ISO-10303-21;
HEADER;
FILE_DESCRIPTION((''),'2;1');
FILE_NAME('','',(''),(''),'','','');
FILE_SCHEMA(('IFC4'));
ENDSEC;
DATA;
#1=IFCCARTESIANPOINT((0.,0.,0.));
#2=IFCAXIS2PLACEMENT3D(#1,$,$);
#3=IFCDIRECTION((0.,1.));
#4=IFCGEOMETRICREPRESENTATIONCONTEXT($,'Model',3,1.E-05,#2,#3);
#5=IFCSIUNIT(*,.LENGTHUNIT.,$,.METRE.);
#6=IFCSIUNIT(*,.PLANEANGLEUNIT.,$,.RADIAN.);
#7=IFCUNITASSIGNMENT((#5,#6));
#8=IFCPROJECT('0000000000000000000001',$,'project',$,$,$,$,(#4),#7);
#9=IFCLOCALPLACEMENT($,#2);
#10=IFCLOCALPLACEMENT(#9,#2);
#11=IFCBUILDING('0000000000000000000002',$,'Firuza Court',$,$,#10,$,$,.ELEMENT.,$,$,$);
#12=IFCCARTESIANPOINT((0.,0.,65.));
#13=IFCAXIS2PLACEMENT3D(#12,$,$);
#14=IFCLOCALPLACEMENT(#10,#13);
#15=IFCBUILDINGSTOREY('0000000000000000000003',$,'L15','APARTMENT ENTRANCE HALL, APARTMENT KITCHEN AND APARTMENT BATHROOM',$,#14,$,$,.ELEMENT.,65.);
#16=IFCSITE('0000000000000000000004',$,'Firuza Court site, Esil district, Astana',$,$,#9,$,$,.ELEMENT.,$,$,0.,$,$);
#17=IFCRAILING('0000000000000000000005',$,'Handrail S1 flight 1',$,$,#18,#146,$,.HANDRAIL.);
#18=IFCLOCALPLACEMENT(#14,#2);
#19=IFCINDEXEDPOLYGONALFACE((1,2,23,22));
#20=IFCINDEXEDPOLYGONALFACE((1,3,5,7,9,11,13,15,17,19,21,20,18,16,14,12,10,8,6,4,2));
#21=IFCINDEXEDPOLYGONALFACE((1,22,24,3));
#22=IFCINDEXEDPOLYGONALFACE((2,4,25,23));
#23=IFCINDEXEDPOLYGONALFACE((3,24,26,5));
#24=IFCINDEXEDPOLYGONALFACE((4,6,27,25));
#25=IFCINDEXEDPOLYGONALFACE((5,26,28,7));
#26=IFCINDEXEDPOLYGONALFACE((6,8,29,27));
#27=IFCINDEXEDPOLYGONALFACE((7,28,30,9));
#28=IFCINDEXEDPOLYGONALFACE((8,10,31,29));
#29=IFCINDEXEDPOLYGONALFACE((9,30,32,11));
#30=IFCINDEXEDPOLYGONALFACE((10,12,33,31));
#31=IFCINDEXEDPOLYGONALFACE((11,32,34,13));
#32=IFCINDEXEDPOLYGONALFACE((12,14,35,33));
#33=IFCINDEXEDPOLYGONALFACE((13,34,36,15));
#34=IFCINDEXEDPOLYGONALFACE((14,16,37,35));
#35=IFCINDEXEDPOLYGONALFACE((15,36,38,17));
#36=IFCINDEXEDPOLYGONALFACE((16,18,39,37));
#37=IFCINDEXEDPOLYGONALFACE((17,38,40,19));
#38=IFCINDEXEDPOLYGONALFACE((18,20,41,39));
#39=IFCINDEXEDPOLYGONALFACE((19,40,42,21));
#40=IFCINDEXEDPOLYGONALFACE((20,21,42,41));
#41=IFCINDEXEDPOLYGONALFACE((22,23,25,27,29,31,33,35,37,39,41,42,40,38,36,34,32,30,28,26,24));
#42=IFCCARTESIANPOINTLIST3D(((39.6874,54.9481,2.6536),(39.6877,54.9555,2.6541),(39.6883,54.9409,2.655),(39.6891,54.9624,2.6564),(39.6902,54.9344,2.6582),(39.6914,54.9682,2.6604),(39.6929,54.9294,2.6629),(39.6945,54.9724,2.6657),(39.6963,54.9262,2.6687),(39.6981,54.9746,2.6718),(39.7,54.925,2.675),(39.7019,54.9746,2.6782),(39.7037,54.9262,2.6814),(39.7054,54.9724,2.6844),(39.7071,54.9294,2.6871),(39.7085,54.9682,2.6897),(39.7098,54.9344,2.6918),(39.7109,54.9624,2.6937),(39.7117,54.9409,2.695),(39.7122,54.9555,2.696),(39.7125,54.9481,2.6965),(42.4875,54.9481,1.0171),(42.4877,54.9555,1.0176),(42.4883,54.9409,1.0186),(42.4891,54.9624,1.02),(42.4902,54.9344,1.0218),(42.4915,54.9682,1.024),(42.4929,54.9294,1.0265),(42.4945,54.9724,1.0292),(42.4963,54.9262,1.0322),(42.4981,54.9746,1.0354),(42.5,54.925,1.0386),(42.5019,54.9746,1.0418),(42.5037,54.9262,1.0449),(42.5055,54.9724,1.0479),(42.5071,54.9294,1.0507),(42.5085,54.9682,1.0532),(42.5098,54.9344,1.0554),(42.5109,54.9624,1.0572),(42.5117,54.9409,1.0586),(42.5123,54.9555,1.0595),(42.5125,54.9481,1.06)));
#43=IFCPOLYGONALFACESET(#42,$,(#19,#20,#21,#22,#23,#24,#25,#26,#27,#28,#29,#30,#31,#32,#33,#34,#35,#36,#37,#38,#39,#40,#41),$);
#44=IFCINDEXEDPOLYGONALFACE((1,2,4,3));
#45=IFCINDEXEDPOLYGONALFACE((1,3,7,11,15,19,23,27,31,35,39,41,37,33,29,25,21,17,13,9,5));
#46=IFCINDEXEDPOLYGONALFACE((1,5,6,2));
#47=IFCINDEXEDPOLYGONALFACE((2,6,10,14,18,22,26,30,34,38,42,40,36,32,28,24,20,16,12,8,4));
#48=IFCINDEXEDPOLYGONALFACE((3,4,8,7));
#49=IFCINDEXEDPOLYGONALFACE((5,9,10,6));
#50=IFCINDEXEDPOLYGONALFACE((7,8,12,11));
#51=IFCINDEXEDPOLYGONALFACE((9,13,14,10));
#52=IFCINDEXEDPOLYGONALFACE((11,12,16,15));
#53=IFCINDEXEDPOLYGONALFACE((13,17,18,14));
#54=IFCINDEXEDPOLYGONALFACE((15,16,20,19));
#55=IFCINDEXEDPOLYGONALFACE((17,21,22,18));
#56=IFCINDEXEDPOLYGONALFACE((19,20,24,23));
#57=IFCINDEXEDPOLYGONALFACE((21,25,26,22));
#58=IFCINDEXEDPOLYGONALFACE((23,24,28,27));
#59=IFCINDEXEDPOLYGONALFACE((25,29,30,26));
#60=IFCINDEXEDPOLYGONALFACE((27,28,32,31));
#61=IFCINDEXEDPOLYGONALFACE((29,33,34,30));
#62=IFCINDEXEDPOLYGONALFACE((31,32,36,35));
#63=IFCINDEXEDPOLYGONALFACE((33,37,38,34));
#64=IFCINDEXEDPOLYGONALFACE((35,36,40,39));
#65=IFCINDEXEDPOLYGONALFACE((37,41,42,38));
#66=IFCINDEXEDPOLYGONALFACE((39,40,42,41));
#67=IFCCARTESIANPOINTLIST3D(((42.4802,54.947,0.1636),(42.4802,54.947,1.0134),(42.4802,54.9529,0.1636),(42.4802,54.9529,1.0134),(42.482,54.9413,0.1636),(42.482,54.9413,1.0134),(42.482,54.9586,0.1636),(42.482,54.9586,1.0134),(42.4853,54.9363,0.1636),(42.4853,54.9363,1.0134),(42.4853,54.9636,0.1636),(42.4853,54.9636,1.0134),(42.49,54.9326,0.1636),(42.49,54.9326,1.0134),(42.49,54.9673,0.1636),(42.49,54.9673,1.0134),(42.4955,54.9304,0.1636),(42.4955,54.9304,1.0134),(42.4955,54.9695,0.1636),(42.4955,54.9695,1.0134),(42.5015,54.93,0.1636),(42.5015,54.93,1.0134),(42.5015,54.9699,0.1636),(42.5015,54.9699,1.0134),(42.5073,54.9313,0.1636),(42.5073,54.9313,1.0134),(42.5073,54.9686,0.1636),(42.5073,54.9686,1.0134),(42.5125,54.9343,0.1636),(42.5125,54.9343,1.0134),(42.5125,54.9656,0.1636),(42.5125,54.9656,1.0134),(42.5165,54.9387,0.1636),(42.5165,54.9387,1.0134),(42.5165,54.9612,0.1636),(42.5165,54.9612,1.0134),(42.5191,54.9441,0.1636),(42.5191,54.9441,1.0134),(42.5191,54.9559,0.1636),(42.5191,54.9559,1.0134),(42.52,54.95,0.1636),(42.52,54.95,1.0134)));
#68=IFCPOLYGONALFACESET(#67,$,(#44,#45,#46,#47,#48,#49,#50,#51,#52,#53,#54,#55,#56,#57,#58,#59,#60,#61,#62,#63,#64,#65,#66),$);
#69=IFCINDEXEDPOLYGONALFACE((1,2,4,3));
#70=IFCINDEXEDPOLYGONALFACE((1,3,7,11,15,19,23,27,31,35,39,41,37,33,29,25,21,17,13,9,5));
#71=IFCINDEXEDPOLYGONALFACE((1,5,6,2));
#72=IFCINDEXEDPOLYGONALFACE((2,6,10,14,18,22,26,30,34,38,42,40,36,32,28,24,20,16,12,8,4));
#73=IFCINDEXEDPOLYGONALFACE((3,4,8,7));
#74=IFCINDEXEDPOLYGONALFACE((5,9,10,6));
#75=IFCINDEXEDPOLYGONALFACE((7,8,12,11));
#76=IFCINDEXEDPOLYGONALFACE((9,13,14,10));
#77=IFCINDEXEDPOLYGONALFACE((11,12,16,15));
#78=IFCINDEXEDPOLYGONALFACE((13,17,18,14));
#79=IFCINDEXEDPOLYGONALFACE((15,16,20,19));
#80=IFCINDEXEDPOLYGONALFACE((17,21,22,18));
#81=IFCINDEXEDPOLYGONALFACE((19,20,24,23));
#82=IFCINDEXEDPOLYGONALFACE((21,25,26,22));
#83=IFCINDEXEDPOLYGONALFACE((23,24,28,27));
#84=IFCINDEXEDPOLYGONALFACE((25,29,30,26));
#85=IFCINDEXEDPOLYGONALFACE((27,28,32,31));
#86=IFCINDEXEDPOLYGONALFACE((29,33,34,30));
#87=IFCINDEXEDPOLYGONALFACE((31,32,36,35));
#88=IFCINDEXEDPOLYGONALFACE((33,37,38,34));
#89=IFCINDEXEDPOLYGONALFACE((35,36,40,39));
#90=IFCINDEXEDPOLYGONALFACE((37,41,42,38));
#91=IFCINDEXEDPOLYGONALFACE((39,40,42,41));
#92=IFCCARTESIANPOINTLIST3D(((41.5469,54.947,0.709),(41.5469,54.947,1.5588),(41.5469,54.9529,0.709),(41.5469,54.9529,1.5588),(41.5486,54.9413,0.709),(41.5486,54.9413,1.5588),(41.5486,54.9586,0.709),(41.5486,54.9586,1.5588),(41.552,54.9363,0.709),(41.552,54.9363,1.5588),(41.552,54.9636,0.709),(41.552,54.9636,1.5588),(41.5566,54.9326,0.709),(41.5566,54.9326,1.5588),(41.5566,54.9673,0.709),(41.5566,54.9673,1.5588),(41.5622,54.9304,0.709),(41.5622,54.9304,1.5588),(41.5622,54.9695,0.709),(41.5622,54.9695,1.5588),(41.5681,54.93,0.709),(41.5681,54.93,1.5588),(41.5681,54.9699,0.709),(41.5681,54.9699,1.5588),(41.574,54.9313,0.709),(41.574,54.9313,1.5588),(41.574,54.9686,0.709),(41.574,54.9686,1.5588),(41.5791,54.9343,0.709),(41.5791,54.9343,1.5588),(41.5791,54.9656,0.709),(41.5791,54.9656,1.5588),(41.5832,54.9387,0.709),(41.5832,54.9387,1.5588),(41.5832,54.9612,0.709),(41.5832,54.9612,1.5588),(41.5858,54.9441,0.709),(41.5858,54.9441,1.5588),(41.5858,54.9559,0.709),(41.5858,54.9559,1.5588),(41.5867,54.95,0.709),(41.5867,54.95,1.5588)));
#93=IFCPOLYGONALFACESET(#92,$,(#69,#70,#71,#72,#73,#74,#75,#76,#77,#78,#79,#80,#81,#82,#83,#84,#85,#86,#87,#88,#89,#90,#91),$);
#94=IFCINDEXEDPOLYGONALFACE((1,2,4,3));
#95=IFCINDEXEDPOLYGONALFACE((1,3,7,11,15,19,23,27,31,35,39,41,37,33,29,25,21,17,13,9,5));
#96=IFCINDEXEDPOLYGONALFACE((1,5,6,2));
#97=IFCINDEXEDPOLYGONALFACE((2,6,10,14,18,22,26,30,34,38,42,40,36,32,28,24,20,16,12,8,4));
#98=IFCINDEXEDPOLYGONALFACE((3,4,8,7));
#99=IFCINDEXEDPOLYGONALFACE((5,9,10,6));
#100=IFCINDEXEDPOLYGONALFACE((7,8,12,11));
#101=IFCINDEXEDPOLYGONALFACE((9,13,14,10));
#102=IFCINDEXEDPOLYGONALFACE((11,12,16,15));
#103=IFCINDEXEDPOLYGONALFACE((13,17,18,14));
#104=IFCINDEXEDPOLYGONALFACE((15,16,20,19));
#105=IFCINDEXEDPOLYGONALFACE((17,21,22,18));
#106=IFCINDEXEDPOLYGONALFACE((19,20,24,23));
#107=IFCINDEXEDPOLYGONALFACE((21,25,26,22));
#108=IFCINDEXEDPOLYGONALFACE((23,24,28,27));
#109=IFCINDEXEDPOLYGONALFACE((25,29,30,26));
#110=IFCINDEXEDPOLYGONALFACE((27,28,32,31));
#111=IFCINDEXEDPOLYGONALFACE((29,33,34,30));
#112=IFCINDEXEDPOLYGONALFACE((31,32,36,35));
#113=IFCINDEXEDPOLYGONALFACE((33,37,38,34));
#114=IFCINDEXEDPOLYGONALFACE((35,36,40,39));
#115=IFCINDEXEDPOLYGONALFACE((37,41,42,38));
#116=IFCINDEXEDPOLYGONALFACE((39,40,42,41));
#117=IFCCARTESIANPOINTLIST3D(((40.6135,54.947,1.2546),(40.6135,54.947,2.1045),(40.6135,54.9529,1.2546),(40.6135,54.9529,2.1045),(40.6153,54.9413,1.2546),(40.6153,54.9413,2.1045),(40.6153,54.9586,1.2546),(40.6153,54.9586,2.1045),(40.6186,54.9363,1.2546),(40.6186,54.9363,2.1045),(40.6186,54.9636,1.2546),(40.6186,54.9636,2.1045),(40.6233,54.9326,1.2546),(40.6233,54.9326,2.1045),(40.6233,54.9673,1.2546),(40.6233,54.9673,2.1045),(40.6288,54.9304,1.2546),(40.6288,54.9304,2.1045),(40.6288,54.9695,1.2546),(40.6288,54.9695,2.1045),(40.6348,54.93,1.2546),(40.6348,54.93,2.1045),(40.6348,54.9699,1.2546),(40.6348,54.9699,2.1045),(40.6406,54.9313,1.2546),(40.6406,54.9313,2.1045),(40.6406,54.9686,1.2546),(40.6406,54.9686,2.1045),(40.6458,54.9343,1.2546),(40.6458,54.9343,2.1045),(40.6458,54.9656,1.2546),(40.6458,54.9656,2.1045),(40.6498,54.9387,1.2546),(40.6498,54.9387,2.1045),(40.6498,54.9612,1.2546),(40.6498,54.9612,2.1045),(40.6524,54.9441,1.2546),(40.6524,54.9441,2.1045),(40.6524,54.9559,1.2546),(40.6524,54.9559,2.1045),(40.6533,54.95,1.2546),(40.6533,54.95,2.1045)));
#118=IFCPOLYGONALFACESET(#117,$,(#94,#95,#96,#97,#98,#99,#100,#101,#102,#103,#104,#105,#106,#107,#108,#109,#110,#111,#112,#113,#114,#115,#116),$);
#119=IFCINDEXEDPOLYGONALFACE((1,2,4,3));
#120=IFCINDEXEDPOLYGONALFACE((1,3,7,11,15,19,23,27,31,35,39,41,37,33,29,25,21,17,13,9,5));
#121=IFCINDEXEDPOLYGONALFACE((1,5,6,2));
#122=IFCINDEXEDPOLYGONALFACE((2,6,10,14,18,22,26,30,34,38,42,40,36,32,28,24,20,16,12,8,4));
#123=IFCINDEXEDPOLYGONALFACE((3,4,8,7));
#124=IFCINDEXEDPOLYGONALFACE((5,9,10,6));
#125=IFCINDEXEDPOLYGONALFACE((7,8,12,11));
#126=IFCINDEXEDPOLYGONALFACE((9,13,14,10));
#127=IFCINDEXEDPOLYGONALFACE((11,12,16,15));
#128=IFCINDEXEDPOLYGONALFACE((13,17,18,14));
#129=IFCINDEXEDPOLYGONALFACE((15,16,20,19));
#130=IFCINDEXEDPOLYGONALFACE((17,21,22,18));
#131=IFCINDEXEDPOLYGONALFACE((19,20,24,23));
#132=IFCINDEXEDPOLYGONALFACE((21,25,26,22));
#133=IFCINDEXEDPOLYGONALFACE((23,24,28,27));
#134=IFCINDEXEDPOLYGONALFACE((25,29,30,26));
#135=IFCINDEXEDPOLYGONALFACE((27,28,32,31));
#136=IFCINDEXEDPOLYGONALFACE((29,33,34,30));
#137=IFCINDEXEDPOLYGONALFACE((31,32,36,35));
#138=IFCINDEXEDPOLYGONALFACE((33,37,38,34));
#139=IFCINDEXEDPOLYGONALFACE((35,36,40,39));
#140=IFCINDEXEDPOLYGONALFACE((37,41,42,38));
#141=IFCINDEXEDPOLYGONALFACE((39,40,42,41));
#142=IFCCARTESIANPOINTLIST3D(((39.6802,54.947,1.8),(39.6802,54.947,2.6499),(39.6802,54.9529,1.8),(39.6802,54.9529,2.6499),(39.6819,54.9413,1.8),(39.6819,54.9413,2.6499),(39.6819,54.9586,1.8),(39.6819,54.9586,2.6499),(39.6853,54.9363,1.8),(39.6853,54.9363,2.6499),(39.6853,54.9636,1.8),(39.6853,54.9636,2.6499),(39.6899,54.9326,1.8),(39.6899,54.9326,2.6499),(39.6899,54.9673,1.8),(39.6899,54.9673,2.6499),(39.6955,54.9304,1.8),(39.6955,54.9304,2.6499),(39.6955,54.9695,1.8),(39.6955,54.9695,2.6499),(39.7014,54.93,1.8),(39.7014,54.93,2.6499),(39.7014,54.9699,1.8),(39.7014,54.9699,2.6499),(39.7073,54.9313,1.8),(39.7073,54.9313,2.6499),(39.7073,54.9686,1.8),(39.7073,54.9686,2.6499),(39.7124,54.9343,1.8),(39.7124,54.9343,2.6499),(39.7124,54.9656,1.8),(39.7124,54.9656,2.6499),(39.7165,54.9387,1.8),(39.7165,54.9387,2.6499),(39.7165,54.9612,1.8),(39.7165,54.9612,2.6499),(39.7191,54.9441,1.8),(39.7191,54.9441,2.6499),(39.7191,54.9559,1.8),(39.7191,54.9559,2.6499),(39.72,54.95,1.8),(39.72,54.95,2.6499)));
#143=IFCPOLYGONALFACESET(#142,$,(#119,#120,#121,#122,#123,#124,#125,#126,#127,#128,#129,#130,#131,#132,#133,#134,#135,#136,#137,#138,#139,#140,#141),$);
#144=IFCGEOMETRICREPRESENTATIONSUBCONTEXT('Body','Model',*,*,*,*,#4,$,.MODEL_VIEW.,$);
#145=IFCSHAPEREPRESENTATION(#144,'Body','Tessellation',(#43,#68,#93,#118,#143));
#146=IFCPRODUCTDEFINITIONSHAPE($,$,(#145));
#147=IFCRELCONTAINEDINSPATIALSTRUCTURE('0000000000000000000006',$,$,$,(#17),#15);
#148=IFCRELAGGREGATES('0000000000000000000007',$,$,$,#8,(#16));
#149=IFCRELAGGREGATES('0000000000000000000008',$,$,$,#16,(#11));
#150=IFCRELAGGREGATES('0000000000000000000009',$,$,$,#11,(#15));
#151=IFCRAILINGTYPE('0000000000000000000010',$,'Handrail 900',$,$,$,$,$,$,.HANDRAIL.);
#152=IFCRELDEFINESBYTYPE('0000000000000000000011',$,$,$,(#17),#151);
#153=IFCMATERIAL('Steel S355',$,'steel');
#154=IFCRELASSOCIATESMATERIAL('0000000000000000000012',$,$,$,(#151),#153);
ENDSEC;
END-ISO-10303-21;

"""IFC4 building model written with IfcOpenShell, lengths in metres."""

from ifc_helpers import new_model, si_unit, direction, frame, origin, origin_2d, place, context, subcontext, project, spatial, circle, extrude, material, type_object, element, save


model = new_model("IFC4")

# Units and contexts
model_context = context("Model", 3, precision=1e-05, world=origin(), true_north=direction((0.0, 1.0)))
body_context = subcontext(model_context, "Body", "Model", "MODEL_VIEW")
ifc_project = project(units=[si_unit("LENGTHUNIT", "METRE"), si_unit("PLANEANGLEUNIT", "RADIAN")], contexts=[model_context])

# Site, building, storey
site_placement = place(None, origin())
site = spatial("IfcSite", under=ifc_project, at=site_placement, Name="Firuza Court site, Esil district, Astana", CompositionType="ELEMENT", RefElevation=0.0)
building_placement = place(site_placement, origin())
building = spatial("IfcBuilding", under=site, at=building_placement, Name="Firuza Court", CompositionType="ELEMENT")
storey_placement = place(building_placement, frame((0.0, 0.0, 65.0)))
storey = spatial("IfcBuildingStorey", under=building, at=storey_placement, Name="L15", Description="APARTMENT ENTRANCE HALL, APARTMENT KITCHEN AND APARTMENT BATHROOM", CompositionType="ELEMENT", Elevation=65.0)

# Railing
ifc_material_1 = material(Name="Steel S355", Category="steel")
railing_type_1 = type_object("IfcRailingType", Name="Handrail 900", PredefinedType="HANDRAIL", material=ifc_material_1)
railing_1_placement = place(storey_placement, frame((42.5, 54.95, 0.1636)))
element("IfcRailing", 1, at=railing_1_placement, inside=storey, type_object=railing_type_1, Name="Handrail S1 flight 1", PredefinedType="HANDRAIL", context=body_context, shape_type="SweptSolid", body=[
    extrude(circle(Radius=0.0249, at=origin_2d()), frame((0.0, 0.0, 0.875), z_axis=(-0.863361, 0.0, 0.504587), x_axis=(0.0, -1.0, 0.0)), (0.0, 0.0, 1.0), 3.2432),
    extrude(circle(Radius=0.02, at=origin_2d()), origin(), (0.0, 0.0, 1.0), 0.8499),
    extrude(circle(Radius=0.02, at=origin_2d()), frame((-0.9333, 0.0, 0.5454)), (0.0, 0.0, 1.0), 0.8499),
    extrude(circle(Radius=0.02, at=origin_2d()), frame((-1.8667, 0.0, 1.0911)), (0.0, 0.0, 1.0), 0.8499),
    extrude(circle(Radius=0.02, at=origin_2d()), frame((-2.8, 0.0, 1.6365)), (0.0, 0.0, 1.0), 0.8499),
])

save(model, "model.ifc")
